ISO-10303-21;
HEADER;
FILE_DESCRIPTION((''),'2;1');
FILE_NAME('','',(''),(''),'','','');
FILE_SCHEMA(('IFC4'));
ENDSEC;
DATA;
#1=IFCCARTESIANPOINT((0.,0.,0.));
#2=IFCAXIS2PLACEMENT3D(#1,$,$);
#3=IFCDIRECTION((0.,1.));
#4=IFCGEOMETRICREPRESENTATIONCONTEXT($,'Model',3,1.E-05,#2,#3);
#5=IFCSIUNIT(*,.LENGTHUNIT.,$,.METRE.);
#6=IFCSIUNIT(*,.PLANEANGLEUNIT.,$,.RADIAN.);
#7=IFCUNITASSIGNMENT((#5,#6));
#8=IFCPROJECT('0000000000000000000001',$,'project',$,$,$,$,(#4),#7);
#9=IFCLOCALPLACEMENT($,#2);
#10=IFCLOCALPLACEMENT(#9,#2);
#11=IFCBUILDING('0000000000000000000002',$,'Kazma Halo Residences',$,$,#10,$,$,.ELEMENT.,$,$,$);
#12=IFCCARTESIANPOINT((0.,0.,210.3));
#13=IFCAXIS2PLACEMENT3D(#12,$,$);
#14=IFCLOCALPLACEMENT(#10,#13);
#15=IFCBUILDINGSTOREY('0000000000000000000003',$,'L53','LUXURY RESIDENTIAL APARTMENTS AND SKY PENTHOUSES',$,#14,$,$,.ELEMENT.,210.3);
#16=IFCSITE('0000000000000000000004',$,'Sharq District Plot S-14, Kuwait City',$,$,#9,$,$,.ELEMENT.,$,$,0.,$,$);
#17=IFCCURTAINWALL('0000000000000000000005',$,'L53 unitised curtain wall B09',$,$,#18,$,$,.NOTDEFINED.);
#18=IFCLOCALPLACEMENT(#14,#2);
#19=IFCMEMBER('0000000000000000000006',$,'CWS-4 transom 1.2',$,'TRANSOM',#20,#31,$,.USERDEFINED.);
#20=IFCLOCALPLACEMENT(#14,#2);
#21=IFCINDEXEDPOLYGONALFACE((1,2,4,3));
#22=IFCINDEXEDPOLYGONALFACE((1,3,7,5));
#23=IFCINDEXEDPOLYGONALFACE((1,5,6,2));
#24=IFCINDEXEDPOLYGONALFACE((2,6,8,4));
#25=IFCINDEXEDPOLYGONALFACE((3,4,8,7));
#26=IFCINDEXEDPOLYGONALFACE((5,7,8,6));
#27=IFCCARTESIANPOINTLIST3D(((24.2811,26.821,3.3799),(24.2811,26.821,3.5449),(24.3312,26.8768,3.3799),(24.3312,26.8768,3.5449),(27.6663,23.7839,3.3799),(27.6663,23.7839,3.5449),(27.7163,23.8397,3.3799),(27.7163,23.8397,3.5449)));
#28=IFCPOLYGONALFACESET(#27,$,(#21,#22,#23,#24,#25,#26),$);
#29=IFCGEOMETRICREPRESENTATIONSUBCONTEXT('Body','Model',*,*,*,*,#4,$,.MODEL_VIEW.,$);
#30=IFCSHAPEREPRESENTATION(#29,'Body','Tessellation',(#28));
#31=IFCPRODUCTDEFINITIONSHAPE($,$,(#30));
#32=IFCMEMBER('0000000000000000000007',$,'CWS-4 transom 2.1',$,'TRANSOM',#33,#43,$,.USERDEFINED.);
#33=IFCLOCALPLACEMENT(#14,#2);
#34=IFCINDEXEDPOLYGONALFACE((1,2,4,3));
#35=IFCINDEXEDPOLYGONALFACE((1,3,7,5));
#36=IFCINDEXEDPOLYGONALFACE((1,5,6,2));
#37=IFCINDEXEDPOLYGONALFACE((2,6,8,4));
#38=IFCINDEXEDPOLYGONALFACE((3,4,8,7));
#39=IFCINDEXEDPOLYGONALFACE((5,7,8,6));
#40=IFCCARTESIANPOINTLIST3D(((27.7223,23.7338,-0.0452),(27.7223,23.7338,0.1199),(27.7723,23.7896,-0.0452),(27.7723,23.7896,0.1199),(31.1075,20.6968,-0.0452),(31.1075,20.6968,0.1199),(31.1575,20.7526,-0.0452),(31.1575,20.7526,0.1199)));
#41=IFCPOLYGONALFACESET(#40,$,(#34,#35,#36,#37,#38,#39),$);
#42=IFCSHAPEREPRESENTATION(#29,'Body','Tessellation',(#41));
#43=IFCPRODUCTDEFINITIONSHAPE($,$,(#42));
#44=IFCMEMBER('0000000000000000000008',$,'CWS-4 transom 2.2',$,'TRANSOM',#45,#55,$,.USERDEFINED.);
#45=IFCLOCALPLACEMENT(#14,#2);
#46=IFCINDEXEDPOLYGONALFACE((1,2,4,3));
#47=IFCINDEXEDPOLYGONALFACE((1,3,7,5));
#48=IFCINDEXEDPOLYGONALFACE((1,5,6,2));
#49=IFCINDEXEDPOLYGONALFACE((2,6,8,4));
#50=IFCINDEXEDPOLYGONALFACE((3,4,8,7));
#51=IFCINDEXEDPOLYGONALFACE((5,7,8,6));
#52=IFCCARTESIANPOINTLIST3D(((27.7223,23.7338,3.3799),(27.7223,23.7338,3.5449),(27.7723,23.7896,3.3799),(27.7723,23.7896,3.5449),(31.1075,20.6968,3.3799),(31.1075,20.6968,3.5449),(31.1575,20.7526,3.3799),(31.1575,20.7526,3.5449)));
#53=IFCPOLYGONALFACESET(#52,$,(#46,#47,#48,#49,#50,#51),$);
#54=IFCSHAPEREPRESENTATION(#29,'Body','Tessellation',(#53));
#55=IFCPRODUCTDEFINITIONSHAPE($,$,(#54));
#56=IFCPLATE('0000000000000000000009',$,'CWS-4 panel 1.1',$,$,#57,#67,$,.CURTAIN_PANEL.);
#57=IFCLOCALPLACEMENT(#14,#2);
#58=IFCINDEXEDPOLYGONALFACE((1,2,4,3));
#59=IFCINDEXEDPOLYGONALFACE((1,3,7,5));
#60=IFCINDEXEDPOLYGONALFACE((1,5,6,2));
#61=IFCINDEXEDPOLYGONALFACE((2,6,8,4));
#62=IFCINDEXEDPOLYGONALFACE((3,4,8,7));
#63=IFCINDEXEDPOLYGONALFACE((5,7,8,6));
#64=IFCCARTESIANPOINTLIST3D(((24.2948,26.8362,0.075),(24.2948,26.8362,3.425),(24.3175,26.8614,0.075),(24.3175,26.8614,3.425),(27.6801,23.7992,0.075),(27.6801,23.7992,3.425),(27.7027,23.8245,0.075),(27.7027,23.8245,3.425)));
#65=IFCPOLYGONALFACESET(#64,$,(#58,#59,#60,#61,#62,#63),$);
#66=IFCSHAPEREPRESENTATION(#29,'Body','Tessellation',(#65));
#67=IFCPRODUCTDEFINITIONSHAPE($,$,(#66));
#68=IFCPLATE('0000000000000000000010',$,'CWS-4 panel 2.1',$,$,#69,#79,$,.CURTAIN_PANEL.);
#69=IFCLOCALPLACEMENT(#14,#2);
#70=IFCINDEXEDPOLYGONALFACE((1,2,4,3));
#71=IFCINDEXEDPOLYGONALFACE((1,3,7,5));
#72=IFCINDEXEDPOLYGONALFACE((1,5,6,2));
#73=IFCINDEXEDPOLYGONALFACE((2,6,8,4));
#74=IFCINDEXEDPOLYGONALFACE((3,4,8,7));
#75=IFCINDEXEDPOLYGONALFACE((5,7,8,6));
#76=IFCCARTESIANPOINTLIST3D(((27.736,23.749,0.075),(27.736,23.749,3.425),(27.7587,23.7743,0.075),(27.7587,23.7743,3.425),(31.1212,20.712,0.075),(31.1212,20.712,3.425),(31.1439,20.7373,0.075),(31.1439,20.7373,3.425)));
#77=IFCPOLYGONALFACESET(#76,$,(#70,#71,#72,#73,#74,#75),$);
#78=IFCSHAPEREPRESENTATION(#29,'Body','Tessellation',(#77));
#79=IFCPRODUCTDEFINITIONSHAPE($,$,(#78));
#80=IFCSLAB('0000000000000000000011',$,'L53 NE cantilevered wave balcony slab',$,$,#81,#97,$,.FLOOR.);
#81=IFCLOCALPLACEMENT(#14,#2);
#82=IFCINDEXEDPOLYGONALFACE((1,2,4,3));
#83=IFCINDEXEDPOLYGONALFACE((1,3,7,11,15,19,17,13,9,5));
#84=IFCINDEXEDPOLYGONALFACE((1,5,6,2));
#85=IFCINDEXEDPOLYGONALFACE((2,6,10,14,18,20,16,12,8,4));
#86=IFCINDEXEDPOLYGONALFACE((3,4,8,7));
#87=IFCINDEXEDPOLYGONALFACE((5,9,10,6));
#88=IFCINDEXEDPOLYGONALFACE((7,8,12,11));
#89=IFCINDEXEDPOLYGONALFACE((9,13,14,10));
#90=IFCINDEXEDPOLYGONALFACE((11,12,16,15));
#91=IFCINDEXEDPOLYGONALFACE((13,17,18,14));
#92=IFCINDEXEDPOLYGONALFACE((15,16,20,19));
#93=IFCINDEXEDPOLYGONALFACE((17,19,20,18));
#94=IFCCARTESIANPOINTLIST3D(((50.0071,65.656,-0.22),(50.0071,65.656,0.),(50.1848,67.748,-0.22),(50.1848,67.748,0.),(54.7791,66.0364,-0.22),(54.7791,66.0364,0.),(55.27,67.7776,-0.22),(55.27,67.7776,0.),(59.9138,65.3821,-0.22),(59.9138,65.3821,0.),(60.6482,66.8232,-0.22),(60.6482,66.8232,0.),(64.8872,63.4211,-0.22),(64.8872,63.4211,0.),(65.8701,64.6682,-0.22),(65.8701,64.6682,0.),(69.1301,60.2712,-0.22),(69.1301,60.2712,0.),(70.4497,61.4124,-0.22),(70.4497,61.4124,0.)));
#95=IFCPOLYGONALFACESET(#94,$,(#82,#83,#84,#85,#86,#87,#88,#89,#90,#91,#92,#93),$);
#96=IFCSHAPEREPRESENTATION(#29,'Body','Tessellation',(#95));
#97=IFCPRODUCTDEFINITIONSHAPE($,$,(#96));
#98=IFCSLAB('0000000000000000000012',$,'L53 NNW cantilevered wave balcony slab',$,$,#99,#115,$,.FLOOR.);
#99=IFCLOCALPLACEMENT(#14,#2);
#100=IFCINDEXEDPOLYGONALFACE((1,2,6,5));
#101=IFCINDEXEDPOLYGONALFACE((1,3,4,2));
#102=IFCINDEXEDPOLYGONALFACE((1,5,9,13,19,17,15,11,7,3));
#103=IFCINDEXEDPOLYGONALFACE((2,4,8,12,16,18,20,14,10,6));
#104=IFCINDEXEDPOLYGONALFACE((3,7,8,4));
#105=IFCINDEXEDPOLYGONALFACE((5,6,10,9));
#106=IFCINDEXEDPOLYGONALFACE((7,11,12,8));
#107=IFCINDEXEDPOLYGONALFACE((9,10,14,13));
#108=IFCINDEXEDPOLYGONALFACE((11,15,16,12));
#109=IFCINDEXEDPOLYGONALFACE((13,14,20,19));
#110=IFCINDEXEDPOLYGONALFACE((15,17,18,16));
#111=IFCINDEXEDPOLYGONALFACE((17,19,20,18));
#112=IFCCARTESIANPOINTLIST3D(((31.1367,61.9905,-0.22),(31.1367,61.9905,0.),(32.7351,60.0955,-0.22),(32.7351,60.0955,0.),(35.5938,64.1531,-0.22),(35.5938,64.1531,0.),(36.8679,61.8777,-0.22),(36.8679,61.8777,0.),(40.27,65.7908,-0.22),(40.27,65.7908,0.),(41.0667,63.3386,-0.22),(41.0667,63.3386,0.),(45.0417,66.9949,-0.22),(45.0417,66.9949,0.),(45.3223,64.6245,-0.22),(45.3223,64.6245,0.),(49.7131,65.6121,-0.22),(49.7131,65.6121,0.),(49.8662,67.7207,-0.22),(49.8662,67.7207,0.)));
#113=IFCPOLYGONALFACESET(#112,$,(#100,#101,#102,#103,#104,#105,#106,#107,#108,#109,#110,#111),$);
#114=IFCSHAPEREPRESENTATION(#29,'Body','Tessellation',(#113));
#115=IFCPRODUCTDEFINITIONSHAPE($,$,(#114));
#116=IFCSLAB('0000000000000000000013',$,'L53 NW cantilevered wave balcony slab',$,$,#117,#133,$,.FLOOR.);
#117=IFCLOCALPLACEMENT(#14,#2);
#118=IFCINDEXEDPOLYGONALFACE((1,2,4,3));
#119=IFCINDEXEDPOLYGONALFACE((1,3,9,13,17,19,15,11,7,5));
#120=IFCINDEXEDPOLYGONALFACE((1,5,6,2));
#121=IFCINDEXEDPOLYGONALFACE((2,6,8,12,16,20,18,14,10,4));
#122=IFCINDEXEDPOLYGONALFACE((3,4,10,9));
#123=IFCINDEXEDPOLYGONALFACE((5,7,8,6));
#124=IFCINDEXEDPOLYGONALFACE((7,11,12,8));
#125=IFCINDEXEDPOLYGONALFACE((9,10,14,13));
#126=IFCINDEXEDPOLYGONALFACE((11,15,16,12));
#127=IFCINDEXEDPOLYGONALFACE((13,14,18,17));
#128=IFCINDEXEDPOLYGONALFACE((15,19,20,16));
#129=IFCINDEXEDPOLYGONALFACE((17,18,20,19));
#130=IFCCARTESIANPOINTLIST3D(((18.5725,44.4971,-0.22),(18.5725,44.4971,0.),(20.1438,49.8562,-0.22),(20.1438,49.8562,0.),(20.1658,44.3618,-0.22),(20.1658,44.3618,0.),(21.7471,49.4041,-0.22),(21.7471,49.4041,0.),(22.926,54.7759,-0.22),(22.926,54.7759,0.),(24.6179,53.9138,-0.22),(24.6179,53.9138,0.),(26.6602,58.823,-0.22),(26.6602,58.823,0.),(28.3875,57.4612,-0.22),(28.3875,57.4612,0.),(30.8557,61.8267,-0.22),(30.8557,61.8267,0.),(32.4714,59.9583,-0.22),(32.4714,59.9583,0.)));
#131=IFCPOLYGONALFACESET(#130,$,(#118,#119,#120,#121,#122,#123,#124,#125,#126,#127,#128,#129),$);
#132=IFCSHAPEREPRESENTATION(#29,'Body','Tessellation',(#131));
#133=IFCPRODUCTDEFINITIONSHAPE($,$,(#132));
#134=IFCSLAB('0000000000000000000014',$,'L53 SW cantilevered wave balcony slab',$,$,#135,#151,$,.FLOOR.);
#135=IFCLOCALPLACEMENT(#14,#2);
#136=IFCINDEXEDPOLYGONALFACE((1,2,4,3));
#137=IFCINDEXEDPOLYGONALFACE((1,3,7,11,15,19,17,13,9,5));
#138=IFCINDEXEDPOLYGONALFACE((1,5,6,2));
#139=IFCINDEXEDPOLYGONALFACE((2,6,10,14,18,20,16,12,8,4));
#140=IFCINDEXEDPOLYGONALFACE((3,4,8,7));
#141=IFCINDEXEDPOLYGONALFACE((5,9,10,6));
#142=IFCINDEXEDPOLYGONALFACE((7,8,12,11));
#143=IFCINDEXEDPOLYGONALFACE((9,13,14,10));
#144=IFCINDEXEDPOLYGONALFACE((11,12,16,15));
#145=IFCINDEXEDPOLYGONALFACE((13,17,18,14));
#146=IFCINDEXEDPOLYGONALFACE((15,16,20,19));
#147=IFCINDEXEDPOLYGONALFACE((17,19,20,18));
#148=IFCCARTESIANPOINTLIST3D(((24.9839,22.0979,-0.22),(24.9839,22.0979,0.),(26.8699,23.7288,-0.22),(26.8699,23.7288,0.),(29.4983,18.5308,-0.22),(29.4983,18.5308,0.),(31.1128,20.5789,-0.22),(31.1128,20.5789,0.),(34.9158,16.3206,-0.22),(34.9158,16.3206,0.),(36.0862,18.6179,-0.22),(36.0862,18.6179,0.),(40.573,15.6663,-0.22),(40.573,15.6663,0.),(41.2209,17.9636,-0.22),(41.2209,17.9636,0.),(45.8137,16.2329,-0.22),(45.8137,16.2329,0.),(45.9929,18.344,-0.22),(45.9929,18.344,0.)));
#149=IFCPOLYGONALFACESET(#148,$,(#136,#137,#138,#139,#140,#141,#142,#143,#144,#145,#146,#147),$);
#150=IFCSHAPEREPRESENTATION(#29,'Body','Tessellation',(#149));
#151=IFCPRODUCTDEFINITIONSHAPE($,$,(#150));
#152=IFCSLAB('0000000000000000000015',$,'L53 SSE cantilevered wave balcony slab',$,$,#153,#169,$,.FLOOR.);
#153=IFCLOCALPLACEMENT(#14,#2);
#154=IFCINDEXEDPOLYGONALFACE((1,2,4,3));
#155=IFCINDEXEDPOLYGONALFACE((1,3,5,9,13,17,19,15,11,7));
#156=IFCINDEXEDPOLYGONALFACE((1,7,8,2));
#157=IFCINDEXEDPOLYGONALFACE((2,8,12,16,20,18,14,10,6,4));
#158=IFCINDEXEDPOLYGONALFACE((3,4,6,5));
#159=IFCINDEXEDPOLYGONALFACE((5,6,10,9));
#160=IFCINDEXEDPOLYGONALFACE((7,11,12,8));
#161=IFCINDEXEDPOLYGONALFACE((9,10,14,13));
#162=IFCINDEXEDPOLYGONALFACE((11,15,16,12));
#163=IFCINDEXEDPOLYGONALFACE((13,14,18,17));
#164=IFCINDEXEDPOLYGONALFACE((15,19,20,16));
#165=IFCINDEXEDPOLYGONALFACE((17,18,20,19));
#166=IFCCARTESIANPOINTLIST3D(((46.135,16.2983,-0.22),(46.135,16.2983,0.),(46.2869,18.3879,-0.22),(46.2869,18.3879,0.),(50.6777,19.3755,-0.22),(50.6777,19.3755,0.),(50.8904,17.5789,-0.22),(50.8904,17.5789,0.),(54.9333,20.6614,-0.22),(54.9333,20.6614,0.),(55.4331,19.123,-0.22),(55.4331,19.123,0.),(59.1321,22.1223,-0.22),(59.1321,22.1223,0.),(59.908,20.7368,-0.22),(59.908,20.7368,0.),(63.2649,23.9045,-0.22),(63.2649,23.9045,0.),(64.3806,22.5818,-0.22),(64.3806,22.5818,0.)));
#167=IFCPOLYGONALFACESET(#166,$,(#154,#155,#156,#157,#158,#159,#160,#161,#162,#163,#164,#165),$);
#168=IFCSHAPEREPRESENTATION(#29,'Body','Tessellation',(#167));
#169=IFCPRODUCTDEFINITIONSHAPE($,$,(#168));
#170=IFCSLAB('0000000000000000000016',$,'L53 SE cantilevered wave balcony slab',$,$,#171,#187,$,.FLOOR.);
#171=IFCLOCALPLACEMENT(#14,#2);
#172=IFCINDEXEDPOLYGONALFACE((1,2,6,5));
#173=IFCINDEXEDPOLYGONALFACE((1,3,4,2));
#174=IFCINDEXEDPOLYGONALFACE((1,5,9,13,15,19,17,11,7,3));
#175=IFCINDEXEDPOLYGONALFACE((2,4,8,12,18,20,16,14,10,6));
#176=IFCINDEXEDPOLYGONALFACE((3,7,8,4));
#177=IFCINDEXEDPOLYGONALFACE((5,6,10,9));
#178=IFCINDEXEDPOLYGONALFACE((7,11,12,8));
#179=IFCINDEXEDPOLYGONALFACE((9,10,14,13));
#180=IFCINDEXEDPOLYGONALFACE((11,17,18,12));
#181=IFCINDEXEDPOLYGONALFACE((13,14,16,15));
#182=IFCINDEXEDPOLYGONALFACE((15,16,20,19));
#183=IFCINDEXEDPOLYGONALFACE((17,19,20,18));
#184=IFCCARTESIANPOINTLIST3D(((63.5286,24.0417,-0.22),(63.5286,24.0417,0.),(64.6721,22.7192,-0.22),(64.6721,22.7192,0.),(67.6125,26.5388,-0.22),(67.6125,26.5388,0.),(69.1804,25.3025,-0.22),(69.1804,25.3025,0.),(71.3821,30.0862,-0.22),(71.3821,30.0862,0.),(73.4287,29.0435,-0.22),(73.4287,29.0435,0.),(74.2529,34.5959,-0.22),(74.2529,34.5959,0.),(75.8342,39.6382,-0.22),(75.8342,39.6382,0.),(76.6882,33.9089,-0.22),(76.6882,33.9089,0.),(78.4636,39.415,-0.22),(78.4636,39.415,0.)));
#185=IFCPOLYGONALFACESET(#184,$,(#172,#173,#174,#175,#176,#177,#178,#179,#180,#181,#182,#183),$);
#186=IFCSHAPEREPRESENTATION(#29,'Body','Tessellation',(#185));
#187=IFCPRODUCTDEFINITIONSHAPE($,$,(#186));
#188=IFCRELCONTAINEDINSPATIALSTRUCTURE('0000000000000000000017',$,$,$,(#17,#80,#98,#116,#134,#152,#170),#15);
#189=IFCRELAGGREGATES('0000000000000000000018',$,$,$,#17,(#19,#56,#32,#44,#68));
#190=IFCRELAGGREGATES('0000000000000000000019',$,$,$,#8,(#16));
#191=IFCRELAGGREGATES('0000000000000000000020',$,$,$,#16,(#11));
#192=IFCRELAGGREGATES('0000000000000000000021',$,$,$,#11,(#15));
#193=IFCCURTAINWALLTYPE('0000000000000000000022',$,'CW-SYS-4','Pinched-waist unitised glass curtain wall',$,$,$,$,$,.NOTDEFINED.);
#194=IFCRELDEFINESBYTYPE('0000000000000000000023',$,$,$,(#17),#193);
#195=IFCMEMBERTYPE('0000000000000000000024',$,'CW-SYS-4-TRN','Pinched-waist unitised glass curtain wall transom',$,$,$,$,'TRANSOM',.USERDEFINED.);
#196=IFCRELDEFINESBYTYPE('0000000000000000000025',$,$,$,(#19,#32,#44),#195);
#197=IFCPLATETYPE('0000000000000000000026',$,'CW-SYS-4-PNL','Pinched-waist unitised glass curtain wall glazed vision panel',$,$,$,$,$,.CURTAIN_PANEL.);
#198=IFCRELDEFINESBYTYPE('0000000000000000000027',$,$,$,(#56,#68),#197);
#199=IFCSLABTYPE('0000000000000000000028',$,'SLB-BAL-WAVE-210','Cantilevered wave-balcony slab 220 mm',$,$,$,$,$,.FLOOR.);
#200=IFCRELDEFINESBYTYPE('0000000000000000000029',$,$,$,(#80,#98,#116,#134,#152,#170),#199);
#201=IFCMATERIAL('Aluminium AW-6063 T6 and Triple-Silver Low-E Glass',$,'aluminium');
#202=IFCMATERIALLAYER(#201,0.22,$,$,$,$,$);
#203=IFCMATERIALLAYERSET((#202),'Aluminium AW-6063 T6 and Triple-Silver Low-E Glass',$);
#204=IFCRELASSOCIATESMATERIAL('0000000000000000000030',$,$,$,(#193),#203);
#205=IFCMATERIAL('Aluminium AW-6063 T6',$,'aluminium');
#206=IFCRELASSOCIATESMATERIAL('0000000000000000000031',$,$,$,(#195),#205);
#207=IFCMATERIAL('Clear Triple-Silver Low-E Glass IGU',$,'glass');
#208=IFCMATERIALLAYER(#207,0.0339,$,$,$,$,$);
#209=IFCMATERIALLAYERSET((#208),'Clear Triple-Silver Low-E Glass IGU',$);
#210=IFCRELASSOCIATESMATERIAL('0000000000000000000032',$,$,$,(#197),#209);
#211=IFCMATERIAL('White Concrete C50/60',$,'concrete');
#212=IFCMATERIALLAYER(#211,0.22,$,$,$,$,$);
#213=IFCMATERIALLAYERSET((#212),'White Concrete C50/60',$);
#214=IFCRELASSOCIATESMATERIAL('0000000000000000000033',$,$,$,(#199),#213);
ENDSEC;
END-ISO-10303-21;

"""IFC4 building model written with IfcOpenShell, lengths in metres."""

from ifc_helpers import new_model, si_unit, direction, frame, origin, origin_2d, place, context, subcontext, project, spatial, polyline, rectangle, outline, extrude, material, layer, layer_set, material_profile, profile_set, type_object, element, aggregate, save


model = new_model("IFC4")

# Units and contexts
model_context = context("Model", 3, precision=1e-05, world=origin(), true_north=direction((0.0, 1.0)))
body_context = subcontext(model_context, "Body", "Model", "MODEL_VIEW")
ifc_project = project(units=[si_unit("LENGTHUNIT", "METRE"), si_unit("PLANEANGLEUNIT", "RADIAN")], contexts=[model_context])

# Site, building, storey
site_placement = place(None, origin())
site = spatial("IfcSite", under=ifc_project, at=site_placement, Name="Sharq District Plot S-14, Kuwait City", CompositionType="ELEMENT", RefElevation=0.0)
building_placement = place(site_placement, origin())
building = spatial("IfcBuilding", under=site, at=building_placement, Name="Kazma Halo Residences", CompositionType="ELEMENT")
storey_placement = place(building_placement, frame((0.0, 0.0, 210.3)))
storey = spatial("IfcBuildingStorey", under=building, at=storey_placement, Name="L53", Description="LUXURY RESIDENTIAL APARTMENTS AND SKY PENTHOUSES", CompositionType="ELEMENT", Elevation=210.3)

# Curtain wall, members, plates
ifc_material_1 = material(Name="Aluminium AW-6063 T6 and Triple-Silver Low-E Glass", Category="aluminium")
ifc_layer_1 = layer(ifc_material_1, 0.22)
ifc_layer_set_1 = layer_set([ifc_layer_1], Name="Aluminium AW-6063 T6 and Triple-Silver Low-E Glass")
curtain_wall_type = type_object("IfcCurtainWallType", Name="CW-SYS-4", Description="Pinched-waist unitised glass curtain wall", PredefinedType="NOTDEFINED", material=ifc_layer_set_1)
curtain_wall_placement = place(storey_placement, origin())
curtain_wall = element("IfcCurtainWall", 1, at=curtain_wall_placement, inside=storey, type_object=curtain_wall_type, Name="L53 unitised curtain wall B09", PredefinedType="NOTDEFINED")
ifc_material_2 = material(Name="Aluminium AW-6063 T6", Category="aluminium")
ifc_material_profile_1 = material_profile(ifc_material_2, rectangle(XDim=0.075, YDim=0.165, at=origin_2d()), Name="CWT-75x165")
ifc_profile_set_1 = profile_set([ifc_material_profile_1], Name="Aluminium AW-6063 T6")
member_type_1 = type_object("IfcMemberType", Name="CW-SYS-4-TRN", Description="Pinched-waist unitised glass curtain wall transom", ElementType="TRANSOM", PredefinedType="USERDEFINED", material=ifc_profile_set_1)
member_1_placement = place(storey_placement, frame((24.3062, 26.8489, 3.4624), z_axis=(0.744345, -0.667795, 0.0), x_axis=(0.667795, 0.744345, 0.0)))
member_1 = element("IfcMember", 2, at=member_1_placement, type_object=member_type_1, Name="CWS-4 transom 1.2", ObjectType="TRANSOM", PredefinedType="USERDEFINED", context=body_context, shape_type="SweptSolid", body=[
    extrude(rectangle(XDim=0.075, YDim=0.165, at=origin_2d()), origin(), (0.0, 0.0, 1.0), 4.5479),
])
member_2_placement = place(storey_placement, frame((27.7473, 23.7617, 0.0374), z_axis=(0.744345, -0.667795, 0.0), x_axis=(0.667795, 0.744345, 0.0)))
member_2 = element("IfcMember", 3, at=member_2_placement, type_object=member_type_1, Name="CWS-4 transom 2.1", ObjectType="TRANSOM", PredefinedType="USERDEFINED", context=body_context, shape_type="SweptSolid", body=[
    extrude(rectangle(XDim=0.075, YDim=0.165, at=origin_2d()), origin(), (0.0, 0.0, 1.0), 4.5479),
])
member_3_placement = place(storey_placement, frame((27.7473, 23.7617, 3.4624), z_axis=(0.744345, -0.667795, 0.0), x_axis=(0.667795, 0.744345, 0.0)))
member_3 = element("IfcMember", 4, at=member_3_placement, type_object=member_type_1, Name="CWS-4 transom 2.2", ObjectType="TRANSOM", PredefinedType="USERDEFINED", context=body_context, shape_type="SweptSolid", body=[
    extrude(rectangle(XDim=0.075, YDim=0.165, at=origin_2d()), origin(), (0.0, 0.0, 1.0), 4.5479),
])
ifc_material_3 = material(Name="Clear Triple-Silver Low-E Glass IGU", Category="glass")
ifc_layer_2 = layer(ifc_material_3, 0.0339)
ifc_layer_set_2 = layer_set([ifc_layer_2], Name="Clear Triple-Silver Low-E Glass IGU")
plate_type = type_object("IfcPlateType", Name="CW-SYS-4-PNL", Description="Pinched-waist unitised glass curtain wall glazed vision panel", PredefinedType="CURTAIN_PANEL", material=ifc_layer_set_2)
plate_1_placement = place(storey_placement, frame((25.9988, 25.3303, 0.075), z_axis=(0.0, 0.0, 1.0), x_axis=(0.744355, -0.667784, 0.0)))
plate_1 = element("IfcPlate", 5, at=plate_1_placement, type_object=plate_type, Name="CWS-4 panel 1.1", PredefinedType="CURTAIN_PANEL", context=body_context, shape_type="SweptSolid", body=[
    extrude(rectangle(XDim=4.5479, YDim=0.0339, at=origin_2d()), origin(), (0.0, 0.0, 1.0), 3.3501),
])
plate_2_placement = place(storey_placement, frame((29.4399, 22.2432, 0.075), z_axis=(0.0, 0.0, 1.0), x_axis=(0.744355, -0.667784, 0.0)))
plate_2 = element("IfcPlate", 6, at=plate_2_placement, type_object=plate_type, Name="CWS-4 panel 2.1", PredefinedType="CURTAIN_PANEL", context=body_context, shape_type="SweptSolid", body=[
    extrude(rectangle(XDim=4.5479, YDim=0.0339, at=origin_2d()), origin(), (0.0, 0.0, 1.0), 3.3501),
])
aggregate(curtain_wall, [member_1, plate_1, member_2, member_3, plate_2])

# Slabs
ifc_material_4 = material(Name="White Concrete C50/60", Category="concrete")
ifc_layer_3 = layer(ifc_material_4, 0.22)
ifc_layer_set_3 = layer_set([ifc_layer_3], Name="White Concrete C50/60")
slab_type_1 = type_object("IfcSlabType", Name="SLB-BAL-WAVE-210", Description="Cantilevered wave-balcony slab 220 mm", PredefinedType="FLOOR", material=ifc_layer_set_3)
slab_1_placement = place(storey_placement, frame((0.0, 0.0, -0.22)))
element("IfcSlab", 7, at=slab_1_placement, inside=storey, type_object=slab_type_1, Name="L53 NE cantilevered wave balcony slab", PredefinedType="FLOOR", context=body_context, shape_type="SweptSolid", body=[
    extrude(outline(polyline([(69.1301, 60.2712), (64.8872, 63.4211), (59.9138, 65.3821), (54.7791, 66.0364), (50.0071, 65.656), (50.1848, 67.748), (55.27, 67.7776), (60.6482, 66.8232), (65.8701, 64.6682), (70.4497, 61.4124), (69.1301, 60.2712)])), origin(), (0.0, 0.0, 1.0), 0.22),
])
slab_2_placement = place(storey_placement, frame((0.0, 0.0, -0.22)))
element("IfcSlab", 8, at=slab_2_placement, inside=storey, type_object=slab_type_1, Name="L53 NNW cantilevered wave balcony slab", PredefinedType="FLOOR", context=body_context, shape_type="SweptSolid", body=[
    extrude(outline(polyline([(49.7131, 65.6121), (45.3223, 64.6245), (41.0667, 63.3386), (36.8679, 61.8777), (32.7351, 60.0955), (31.1367, 61.9905), (35.5938, 64.1531), (40.27, 65.7908), (45.0417, 66.9949), (49.8662, 67.7207), (49.7131, 65.6121)])), origin(), (0.0, 0.0, 1.0), 0.22),
])
slab_3_placement = place(storey_placement, frame((0.0, 0.0, -0.22)))
element("IfcSlab", 9, at=slab_3_placement, inside=storey, type_object=slab_type_1, Name="L53 NW cantilevered wave balcony slab", PredefinedType="FLOOR", context=body_context, shape_type="SweptSolid", body=[
    extrude(outline(polyline([(32.4714, 59.9583), (28.3875, 57.4612), (24.6179, 53.9138), (21.7471, 49.4041), (20.1658, 44.3618), (18.5725, 44.4971), (20.1438, 49.8562), (22.926, 54.7759), (26.6602, 58.823), (30.8557, 61.8267), (32.4714, 59.9583)])), origin(), (0.0, 0.0, 1.0), 0.22),
])
slab_4_placement = place(storey_placement, frame((0.0, 0.0, -0.22)))
element("IfcSlab", 10, at=slab_4_placement, inside=storey, type_object=slab_type_1, Name="L53 SW cantilevered wave balcony slab", PredefinedType="FLOOR", context=body_context, shape_type="SweptSolid", body=[
    extrude(outline(polyline([(26.8699, 23.7288), (31.1128, 20.5789), (36.0862, 18.6179), (41.2209, 17.9636), (45.9929, 18.344), (45.8137, 16.2329), (40.573, 15.6663), (34.9158, 16.3206), (29.4983, 18.5308), (24.9839, 22.0979), (26.8699, 23.7288)])), origin(), (0.0, 0.0, 1.0), 0.22),
])
slab_5_placement = place(storey_placement, frame((0.0, 0.0, -0.22)))
element("IfcSlab", 11, at=slab_5_placement, inside=storey, type_object=slab_type_1, Name="L53 SSE cantilevered wave balcony slab", PredefinedType="FLOOR", context=body_context, shape_type="SweptSolid", body=[
    extrude(outline(polyline([(46.2869, 18.3879), (50.6777, 19.3755), (54.9333, 20.6614), (59.1321, 22.1223), (63.2649, 23.9045), (64.3806, 22.5818), (59.908, 20.7368), (55.4331, 19.123), (50.8904, 17.5789), (46.135, 16.2983), (46.2869, 18.3879)])), origin(), (0.0, 0.0, 1.0), 0.22),
])
slab_6_placement = place(storey_placement, frame((0.0, 0.0, -0.22)))
element("IfcSlab", 12, at=slab_6_placement, inside=storey, type_object=slab_type_1, Name="L53 SE cantilevered wave balcony slab", PredefinedType="FLOOR", context=body_context, shape_type="SweptSolid", body=[
    extrude(outline(polyline([(63.5286, 24.0417), (67.6125, 26.5388), (71.3821, 30.0862), (74.2529, 34.5959), (75.8342, 39.6382), (78.4636, 39.415), (76.6882, 33.9089), (73.4287, 29.0435), (69.1804, 25.3025), (64.6721, 22.7192), (63.5286, 24.0417)])), origin(), (0.0, 0.0, 1.0), 0.22),
])

save(model, "model.ifc")
